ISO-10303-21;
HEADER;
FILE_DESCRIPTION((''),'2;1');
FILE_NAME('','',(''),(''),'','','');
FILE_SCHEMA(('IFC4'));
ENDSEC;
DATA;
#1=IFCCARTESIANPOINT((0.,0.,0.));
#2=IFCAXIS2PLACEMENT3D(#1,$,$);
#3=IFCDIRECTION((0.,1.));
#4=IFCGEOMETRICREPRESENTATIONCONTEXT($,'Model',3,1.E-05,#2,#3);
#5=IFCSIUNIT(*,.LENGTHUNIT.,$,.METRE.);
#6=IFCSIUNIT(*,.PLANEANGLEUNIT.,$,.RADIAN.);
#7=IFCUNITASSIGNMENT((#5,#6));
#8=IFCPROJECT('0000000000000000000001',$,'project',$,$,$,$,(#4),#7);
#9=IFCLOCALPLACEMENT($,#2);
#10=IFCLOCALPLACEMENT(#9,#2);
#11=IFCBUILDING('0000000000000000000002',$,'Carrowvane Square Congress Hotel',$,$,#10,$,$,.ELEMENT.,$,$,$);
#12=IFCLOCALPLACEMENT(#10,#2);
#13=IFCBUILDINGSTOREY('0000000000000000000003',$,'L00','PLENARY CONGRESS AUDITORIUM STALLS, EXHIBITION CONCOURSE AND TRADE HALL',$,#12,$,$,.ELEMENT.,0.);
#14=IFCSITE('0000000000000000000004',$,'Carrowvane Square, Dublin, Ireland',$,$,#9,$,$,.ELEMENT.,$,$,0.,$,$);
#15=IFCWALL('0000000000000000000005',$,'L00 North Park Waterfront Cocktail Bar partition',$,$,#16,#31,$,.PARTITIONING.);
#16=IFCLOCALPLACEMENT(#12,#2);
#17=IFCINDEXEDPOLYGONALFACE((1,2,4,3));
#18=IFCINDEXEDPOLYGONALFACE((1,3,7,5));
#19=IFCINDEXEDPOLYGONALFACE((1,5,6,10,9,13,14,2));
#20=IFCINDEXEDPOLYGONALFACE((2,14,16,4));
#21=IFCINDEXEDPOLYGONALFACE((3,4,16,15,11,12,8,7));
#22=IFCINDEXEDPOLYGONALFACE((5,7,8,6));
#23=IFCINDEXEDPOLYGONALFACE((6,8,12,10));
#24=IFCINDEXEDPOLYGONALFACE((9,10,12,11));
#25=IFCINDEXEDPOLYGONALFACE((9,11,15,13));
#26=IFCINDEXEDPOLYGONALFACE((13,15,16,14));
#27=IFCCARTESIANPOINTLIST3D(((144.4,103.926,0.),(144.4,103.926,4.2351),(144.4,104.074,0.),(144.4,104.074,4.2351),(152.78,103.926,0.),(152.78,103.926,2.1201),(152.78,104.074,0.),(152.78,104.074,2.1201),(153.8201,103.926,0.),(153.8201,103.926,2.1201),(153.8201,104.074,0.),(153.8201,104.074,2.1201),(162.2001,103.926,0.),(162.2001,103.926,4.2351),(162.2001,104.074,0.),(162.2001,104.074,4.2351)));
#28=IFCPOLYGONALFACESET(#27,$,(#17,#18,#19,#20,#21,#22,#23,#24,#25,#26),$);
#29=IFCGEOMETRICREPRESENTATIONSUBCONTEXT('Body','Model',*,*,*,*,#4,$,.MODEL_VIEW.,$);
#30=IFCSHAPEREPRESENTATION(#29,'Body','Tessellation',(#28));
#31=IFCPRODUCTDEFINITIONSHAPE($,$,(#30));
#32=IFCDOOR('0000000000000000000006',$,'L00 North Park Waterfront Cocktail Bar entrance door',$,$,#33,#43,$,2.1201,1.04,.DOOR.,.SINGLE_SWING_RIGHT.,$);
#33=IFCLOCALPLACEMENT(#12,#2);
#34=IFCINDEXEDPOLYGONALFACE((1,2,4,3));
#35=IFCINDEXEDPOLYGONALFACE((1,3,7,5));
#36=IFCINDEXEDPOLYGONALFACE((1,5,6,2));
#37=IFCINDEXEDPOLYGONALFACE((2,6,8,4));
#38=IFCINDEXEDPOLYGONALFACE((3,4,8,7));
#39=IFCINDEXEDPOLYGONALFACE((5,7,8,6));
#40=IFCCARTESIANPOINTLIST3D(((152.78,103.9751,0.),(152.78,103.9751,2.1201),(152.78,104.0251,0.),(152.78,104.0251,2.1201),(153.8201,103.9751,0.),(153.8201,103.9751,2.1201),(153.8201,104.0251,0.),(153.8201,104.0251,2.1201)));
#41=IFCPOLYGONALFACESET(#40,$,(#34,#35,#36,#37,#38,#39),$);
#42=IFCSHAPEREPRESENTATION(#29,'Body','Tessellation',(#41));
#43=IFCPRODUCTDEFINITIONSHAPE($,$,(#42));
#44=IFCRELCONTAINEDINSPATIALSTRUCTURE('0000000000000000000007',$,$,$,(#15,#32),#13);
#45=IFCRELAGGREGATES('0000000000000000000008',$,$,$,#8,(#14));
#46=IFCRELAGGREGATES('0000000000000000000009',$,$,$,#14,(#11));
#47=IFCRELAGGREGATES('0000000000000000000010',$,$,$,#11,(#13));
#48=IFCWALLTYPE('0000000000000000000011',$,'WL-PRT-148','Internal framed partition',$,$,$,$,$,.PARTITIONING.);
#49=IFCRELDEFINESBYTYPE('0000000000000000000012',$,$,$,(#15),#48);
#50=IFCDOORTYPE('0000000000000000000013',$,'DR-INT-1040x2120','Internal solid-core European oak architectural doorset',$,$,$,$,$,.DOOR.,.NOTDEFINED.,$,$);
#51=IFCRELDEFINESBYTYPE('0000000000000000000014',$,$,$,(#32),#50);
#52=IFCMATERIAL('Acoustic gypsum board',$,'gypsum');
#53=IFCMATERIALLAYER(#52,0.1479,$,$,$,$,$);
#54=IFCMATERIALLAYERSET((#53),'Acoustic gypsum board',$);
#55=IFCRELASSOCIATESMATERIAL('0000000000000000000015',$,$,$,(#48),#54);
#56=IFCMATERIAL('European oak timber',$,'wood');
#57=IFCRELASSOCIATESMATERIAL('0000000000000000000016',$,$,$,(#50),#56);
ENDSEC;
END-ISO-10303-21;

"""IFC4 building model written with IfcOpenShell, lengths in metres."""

from ifc_helpers import new_model, si_unit, direction, frame, frame_2d, origin, place, context, subcontext, project, spatial, rectangle, extrude, material, layer, layer_set, type_object, element, fill, save


model = new_model("IFC4")

# Units and contexts
model_context = context("Model", 3, precision=1e-05, world=origin(), true_north=direction((0.0, 1.0)))
body_context = subcontext(model_context, "Body", "Model", "MODEL_VIEW")
ifc_project = project(units=[si_unit("LENGTHUNIT", "METRE"), si_unit("PLANEANGLEUNIT", "RADIAN")], contexts=[model_context])

# Site, building, storey
site_placement = place(None, origin())
site = spatial("IfcSite", under=ifc_project, at=site_placement, Name="Carrowvane Square, Dublin, Ireland", CompositionType="ELEMENT", RefElevation=0.0)
building_placement = place(site_placement, origin())
building = spatial("IfcBuilding", under=site, at=building_placement, Name="Carrowvane Square Congress Hotel", CompositionType="ELEMENT")
storey_placement = place(building_placement, origin())
storey = spatial("IfcBuildingStorey", under=building, at=storey_placement, Name="L00", Description="PLENARY CONGRESS AUDITORIUM STALLS, EXHIBITION CONCOURSE AND TRADE HALL", CompositionType="ELEMENT", Elevation=0.0)

# Wall, opening, door
ifc_material_1 = material(Name="Acoustic gypsum board", Category="gypsum")
ifc_layer_1 = layer(ifc_material_1, 0.1479)
ifc_layer_set_1 = layer_set([ifc_layer_1], Name="Acoustic gypsum board")
wall_type_1 = type_object("IfcWallType", Name="WL-PRT-148", Description="Internal framed partition", PredefinedType="PARTITIONING", material=ifc_layer_set_1)
wall_1_placement = place(storey_placement, frame((162.2, 104.0, 0.0), z_axis=(0.0, 0.0, 1.0), x_axis=(-1.0, 0.0, 0.0)))
wall_1 = element("IfcWall", 1, at=wall_1_placement, inside=storey, type_object=wall_type_1, Name="L00 North Park Waterfront Cocktail Bar partition", PredefinedType="PARTITIONING", context=body_context, shape_type="SweptSolid", body=[
    extrude(rectangle(XDim=17.8, YDim=0.1479, at=frame_2d((8.8999, 0.0))), origin(), (0.0, 0.0, 1.0), 4.2351),
])
opening_1_placement = place(wall_1_placement, frame((8.3799, 0.0, 0.0)))
opening_1 = element("IfcOpeningElement", 2, at=opening_1_placement, cuts=wall_1, PredefinedType="OPENING", context=body_context, shape_type="SweptSolid", body=[
    extrude(rectangle(XDim=1.04, YDim=2.1201, at=frame_2d((0.52, 1.0601))), frame((0.0, 0.084, 0.0), z_axis=(0.0, -1.0, 0.0), x_axis=(1.0, 0.0, 0.0)), (0.0, 0.0, 1.0), 0.168),
])
ifc_material_2 = material(Name="European oak timber", Category="wood")
door_type_1 = type_object("IfcDoorType", Name="DR-INT-1040x2120", Description="Internal solid-core European oak architectural doorset", OperationType="NOTDEFINED", PredefinedType="DOOR", material=ifc_material_2)
door_1_placement = place(opening_1_placement, origin())
door_1 = element("IfcDoor", 3, at=door_1_placement, inside=storey, type_object=door_type_1, Name="L00 North Park Waterfront Cocktail Bar entrance door", OperationType="SINGLE_SWING_RIGHT", OverallHeight=2.1201, OverallWidth=1.04, PredefinedType="DOOR", context=body_context, shape_type="SweptSolid", body=[
    extrude(rectangle(XDim=1.04, YDim=2.1201, at=frame_2d((0.52, 1.0601))), frame((0.0, 0.0249, 0.0), z_axis=(0.0, -1.0, 0.0), x_axis=(1.0, 0.0, 0.0)), (0.0, 0.0, 1.0), 0.05),
])
fill(opening_1, door_1)

save(model, "model.ifc")
